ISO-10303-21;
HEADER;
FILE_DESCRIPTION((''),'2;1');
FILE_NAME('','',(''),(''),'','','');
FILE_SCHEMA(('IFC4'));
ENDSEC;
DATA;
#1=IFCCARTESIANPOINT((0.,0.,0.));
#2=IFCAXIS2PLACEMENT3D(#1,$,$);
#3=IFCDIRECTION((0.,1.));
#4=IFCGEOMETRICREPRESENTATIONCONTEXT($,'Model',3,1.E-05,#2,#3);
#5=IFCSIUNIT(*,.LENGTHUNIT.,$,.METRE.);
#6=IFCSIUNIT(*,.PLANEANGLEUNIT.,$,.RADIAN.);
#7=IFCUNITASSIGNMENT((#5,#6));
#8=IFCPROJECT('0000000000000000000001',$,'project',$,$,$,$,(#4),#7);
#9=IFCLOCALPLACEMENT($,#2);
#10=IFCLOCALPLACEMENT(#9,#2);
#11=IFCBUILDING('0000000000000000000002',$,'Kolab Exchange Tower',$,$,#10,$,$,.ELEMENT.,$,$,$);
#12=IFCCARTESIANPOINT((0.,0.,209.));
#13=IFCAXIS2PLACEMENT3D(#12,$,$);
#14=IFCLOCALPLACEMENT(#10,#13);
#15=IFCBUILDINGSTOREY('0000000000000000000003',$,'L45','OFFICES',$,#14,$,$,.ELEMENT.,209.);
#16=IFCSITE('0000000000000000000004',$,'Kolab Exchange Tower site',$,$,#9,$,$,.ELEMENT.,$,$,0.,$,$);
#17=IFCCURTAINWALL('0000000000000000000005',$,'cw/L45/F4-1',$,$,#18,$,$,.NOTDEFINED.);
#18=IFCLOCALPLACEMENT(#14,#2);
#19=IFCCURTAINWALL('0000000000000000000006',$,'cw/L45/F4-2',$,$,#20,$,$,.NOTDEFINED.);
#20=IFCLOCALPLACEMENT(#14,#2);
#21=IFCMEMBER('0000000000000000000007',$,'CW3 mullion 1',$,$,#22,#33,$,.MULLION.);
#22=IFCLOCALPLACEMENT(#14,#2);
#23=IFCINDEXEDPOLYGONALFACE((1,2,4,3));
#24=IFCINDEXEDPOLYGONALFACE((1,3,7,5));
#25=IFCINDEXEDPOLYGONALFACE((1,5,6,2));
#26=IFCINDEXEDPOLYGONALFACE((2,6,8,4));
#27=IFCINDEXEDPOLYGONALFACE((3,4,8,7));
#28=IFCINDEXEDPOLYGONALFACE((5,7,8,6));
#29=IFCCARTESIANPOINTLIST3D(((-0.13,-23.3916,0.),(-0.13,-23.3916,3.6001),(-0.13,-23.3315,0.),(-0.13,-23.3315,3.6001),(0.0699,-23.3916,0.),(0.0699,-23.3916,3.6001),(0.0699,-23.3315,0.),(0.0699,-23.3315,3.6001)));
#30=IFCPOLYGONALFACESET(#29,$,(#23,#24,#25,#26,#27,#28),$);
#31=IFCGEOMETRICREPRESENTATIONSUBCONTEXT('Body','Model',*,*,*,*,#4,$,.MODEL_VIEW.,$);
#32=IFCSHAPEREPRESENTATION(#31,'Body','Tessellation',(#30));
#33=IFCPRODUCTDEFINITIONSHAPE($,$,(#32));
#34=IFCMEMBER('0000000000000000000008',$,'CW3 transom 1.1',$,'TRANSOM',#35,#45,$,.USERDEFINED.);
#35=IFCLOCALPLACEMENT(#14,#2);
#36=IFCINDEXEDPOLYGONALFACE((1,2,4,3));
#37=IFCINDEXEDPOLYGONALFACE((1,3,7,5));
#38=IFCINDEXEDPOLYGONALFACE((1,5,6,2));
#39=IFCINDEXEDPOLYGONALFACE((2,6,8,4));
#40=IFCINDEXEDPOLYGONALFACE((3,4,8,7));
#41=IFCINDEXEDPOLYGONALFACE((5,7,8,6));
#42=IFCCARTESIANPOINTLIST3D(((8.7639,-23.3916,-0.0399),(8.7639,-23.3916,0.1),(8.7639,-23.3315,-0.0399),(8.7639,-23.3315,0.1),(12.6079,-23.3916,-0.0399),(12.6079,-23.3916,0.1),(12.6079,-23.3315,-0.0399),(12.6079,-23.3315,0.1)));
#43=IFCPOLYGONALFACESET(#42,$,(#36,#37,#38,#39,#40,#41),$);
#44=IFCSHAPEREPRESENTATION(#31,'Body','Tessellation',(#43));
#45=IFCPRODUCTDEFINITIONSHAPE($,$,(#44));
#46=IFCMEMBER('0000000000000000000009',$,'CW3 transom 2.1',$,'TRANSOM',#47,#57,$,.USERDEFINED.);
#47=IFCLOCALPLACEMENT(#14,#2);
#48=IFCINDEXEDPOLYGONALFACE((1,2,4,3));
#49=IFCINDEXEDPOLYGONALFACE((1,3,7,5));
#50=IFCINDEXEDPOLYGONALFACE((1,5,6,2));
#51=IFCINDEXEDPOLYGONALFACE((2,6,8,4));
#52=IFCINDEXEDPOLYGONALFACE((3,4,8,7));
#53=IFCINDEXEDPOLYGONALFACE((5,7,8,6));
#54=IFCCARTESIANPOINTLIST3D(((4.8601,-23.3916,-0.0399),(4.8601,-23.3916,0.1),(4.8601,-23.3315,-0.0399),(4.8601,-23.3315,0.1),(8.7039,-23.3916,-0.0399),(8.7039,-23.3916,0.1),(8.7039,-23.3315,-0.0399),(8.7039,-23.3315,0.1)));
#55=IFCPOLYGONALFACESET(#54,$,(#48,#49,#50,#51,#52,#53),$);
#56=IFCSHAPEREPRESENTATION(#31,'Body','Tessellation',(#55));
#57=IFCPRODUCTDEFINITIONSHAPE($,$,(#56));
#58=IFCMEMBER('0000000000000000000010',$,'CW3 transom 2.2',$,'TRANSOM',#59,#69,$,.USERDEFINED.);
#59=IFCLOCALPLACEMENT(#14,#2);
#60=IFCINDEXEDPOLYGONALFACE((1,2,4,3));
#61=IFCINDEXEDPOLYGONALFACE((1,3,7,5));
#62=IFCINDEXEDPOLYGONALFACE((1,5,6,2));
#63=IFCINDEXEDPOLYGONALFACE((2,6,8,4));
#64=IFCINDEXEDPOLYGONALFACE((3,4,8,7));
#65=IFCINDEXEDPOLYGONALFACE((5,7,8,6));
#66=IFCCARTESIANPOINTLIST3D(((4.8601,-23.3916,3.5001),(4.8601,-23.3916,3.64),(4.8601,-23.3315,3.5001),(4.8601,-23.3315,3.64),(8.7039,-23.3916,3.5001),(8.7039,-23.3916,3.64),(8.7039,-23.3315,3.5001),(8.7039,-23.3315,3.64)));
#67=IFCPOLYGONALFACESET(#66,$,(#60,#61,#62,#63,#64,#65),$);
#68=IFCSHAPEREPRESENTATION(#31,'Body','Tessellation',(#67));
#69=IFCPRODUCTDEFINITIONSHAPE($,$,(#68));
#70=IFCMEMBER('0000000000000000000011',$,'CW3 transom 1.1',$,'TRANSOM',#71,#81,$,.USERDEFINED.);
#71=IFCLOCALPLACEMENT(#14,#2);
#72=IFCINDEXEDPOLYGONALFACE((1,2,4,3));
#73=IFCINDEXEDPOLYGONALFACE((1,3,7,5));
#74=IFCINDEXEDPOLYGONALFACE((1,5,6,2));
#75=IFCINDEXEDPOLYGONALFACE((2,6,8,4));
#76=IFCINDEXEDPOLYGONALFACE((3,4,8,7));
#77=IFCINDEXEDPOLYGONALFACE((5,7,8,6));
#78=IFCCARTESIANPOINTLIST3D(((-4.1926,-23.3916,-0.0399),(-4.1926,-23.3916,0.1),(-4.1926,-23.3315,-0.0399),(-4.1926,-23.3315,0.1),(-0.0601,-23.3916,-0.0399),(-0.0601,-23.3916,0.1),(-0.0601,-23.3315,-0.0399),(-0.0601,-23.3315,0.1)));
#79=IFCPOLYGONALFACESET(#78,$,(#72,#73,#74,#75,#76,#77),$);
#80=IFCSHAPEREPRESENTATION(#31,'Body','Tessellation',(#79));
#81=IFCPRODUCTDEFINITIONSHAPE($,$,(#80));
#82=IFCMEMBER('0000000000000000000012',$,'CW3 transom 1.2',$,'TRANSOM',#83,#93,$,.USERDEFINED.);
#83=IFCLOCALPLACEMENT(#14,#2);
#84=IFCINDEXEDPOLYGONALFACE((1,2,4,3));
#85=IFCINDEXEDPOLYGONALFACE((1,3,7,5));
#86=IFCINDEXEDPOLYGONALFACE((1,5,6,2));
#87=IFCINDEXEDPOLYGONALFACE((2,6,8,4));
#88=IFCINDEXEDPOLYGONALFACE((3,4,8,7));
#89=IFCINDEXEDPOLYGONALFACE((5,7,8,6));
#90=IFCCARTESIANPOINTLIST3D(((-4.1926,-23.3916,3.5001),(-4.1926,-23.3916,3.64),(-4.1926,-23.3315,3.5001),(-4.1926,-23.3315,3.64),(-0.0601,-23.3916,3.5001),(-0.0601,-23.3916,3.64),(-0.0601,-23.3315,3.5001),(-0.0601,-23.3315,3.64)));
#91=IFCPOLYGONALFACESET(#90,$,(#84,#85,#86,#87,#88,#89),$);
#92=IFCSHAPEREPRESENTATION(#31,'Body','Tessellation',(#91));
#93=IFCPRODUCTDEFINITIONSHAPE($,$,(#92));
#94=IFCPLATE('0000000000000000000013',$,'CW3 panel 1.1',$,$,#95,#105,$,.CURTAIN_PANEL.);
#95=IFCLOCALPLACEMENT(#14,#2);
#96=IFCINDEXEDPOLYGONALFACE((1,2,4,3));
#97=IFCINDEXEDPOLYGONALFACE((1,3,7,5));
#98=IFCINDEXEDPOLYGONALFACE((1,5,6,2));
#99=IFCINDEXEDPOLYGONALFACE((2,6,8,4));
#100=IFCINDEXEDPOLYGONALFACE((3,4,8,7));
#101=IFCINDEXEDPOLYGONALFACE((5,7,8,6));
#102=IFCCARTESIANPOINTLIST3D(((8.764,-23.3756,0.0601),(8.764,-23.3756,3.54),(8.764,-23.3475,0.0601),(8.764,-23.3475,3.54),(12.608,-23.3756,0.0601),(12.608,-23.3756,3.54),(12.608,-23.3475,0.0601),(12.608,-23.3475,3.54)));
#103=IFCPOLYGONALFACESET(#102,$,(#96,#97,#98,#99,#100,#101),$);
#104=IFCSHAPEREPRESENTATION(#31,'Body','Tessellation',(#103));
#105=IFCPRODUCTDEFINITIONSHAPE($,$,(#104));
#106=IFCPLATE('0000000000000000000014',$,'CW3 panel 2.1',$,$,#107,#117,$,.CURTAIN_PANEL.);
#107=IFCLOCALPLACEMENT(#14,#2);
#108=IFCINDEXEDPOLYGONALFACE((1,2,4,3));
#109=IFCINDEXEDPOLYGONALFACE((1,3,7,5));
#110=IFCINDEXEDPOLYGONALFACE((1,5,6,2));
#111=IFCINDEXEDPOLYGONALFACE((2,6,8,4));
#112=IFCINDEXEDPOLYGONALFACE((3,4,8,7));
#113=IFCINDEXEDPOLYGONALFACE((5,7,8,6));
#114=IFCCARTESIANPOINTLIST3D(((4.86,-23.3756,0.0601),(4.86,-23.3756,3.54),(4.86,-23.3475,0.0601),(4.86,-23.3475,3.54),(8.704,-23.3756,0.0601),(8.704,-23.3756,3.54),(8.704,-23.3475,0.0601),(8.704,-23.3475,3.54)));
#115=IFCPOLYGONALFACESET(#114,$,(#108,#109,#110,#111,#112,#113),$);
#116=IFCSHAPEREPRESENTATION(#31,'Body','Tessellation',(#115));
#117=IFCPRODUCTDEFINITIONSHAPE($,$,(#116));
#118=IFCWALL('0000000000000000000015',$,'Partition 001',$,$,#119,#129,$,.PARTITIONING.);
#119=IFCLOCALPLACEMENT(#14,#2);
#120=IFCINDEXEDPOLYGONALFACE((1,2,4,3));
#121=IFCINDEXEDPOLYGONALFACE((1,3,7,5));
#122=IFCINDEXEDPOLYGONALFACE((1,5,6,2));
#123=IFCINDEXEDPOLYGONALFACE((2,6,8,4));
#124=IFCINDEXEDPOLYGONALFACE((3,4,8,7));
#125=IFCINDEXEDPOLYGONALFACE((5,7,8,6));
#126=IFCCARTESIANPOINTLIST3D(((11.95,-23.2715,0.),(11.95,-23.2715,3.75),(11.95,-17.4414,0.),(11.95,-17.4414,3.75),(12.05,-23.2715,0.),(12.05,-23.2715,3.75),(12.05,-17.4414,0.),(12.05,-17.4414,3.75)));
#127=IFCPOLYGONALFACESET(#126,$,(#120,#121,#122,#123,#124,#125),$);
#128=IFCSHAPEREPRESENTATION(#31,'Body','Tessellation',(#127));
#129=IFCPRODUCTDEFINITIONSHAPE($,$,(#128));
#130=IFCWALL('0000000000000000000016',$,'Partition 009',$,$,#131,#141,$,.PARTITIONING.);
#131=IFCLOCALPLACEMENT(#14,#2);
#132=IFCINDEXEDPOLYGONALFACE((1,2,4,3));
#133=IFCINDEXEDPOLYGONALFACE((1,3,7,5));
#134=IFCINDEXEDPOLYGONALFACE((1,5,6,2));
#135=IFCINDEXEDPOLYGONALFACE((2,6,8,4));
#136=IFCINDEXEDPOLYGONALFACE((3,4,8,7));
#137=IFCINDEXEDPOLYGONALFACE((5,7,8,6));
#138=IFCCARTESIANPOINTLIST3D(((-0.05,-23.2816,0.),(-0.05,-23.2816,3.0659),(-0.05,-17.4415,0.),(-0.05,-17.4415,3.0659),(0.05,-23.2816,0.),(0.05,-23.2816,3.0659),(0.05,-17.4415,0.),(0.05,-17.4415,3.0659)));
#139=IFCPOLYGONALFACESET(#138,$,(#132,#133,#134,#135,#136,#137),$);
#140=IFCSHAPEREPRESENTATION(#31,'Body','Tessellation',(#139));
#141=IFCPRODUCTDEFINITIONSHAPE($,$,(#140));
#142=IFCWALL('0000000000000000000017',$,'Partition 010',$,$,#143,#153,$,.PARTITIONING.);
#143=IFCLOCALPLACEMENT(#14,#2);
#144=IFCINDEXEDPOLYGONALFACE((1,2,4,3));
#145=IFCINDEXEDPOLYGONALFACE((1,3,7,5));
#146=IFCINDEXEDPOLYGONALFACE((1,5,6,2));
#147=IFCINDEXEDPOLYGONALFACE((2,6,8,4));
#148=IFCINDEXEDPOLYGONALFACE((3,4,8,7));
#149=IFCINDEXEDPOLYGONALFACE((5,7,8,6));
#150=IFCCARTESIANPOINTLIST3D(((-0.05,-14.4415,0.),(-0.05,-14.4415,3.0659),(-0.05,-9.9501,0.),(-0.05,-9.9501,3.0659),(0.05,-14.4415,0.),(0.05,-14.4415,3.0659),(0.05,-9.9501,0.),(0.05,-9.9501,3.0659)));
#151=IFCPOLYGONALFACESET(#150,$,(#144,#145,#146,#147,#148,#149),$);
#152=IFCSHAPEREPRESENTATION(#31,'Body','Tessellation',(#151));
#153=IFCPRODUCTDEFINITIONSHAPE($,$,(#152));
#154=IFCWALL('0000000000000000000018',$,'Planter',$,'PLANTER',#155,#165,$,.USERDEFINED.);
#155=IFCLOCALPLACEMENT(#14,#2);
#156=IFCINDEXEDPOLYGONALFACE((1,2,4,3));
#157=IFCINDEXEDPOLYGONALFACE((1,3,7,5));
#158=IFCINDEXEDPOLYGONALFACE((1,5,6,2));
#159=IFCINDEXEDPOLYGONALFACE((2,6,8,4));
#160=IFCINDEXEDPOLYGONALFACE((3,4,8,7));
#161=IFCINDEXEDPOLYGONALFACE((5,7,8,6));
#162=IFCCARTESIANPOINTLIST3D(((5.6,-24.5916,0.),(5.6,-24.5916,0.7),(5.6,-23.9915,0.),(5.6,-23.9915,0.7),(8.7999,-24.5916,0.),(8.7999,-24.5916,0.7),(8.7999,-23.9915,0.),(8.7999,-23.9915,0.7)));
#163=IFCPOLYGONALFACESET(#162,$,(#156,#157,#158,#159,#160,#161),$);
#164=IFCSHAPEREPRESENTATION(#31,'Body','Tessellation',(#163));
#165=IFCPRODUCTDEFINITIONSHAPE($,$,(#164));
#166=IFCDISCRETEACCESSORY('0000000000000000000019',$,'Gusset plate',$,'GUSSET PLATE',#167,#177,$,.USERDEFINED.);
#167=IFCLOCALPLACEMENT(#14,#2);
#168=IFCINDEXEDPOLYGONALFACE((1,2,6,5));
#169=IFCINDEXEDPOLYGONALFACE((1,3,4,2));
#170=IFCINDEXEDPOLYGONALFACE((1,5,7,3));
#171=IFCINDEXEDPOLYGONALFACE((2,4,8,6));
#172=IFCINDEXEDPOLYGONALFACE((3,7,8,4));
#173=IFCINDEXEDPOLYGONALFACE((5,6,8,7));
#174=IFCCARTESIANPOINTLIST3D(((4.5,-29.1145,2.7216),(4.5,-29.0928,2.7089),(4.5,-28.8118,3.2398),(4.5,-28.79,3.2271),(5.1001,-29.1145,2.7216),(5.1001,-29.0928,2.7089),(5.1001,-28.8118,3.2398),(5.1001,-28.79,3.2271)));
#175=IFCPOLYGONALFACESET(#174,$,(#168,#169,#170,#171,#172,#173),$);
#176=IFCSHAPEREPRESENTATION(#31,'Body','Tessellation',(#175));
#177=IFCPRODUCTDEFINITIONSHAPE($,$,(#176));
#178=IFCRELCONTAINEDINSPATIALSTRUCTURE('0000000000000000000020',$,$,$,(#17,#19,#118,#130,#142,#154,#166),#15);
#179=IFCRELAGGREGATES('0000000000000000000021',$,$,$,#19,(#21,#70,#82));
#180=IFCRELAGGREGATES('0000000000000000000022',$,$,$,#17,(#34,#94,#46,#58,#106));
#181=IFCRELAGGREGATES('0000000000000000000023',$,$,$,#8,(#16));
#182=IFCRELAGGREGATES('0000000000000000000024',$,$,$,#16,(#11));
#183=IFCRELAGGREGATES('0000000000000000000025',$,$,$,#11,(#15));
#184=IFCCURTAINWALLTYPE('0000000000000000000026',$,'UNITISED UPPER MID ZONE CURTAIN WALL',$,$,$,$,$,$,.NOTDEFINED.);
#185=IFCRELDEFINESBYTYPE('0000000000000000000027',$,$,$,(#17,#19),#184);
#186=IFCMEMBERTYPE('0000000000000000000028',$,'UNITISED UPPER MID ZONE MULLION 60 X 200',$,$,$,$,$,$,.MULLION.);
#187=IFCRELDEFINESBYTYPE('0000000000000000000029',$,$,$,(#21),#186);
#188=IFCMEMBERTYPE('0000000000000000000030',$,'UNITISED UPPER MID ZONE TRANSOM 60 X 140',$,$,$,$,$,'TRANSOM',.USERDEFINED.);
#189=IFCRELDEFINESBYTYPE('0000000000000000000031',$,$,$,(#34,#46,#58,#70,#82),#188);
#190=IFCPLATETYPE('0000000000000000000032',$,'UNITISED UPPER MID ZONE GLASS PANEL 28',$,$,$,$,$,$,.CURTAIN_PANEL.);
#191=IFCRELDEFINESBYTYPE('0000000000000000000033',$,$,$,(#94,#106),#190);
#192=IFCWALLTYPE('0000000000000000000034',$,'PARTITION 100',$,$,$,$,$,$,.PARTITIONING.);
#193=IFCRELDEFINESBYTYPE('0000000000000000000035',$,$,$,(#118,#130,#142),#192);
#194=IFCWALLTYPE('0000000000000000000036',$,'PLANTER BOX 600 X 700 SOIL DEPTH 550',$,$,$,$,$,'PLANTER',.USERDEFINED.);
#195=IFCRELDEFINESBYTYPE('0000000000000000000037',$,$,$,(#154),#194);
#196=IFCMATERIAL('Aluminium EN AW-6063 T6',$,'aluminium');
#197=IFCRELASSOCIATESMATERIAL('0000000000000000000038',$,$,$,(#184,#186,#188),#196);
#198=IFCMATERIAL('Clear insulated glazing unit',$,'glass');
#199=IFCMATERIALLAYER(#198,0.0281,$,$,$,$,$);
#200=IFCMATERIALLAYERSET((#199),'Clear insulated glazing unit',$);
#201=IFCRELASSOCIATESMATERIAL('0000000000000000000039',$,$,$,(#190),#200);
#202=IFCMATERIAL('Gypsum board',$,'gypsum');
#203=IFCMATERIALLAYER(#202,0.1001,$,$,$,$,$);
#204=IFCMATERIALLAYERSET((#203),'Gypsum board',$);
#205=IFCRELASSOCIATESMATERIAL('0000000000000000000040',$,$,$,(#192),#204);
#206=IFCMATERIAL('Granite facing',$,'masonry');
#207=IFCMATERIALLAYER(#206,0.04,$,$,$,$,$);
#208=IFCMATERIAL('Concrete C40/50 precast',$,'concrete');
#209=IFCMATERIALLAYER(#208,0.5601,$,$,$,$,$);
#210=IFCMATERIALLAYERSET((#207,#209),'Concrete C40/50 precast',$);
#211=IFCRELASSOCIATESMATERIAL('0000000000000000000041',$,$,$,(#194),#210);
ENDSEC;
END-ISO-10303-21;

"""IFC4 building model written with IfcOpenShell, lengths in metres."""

from ifc_helpers import new_model, si_unit, direction, frame, frame_2d, origin, origin_2d, place, context, subcontext, project, spatial, rectangle, extrude, material, layer, layer_set, material_profile, profile_set, type_object, element, aggregate, save


model = new_model("IFC4")

# Units and contexts
model_context = context("Model", 3, precision=1e-05, world=origin(), true_north=direction((0.0, 1.0)))
body_context = subcontext(model_context, "Body", "Model", "MODEL_VIEW")
ifc_project = project(units=[si_unit("LENGTHUNIT", "METRE"), si_unit("PLANEANGLEUNIT", "RADIAN")], contexts=[model_context])

# Site, building, storey
site_placement = place(None, origin())
site = spatial("IfcSite", under=ifc_project, at=site_placement, Name="Kolab Exchange Tower site", CompositionType="ELEMENT", RefElevation=0.0)
building_placement = place(site_placement, origin())
building = spatial("IfcBuilding", under=site, at=building_placement, Name="Kolab Exchange Tower", CompositionType="ELEMENT")
storey_placement = place(building_placement, frame((0.0, 0.0, 209.0)))
storey = spatial("IfcBuildingStorey", under=building, at=storey_placement, Name="L45", Description="OFFICES", CompositionType="ELEMENT", Elevation=209.0)

# Curtain wall
ifc_material_1 = material(Name="Aluminium EN AW-6063 T6", Category="aluminium")
curtain_wall_type = type_object("IfcCurtainWallType", Name="UNITISED UPPER MID ZONE CURTAIN WALL", PredefinedType="NOTDEFINED", material=ifc_material_1)
curtain_wall_1_placement = place(storey_placement, origin())
curtain_wall_1 = element("IfcCurtainWall", 1, at=curtain_wall_1_placement, inside=storey, type_object=curtain_wall_type, Name="cw/L45/F4-1", PredefinedType="NOTDEFINED")
ifc_material_profile_1 = material_profile(ifc_material_1, rectangle(XDim=0.0601, YDim=0.2, at=origin_2d()), Name="RECT 60X200")
ifc_profile_set_1 = profile_set([ifc_material_profile_1], Name="Aluminium EN AW-6063 T6")
member_type_1 = type_object("IfcMemberType", Name="UNITISED UPPER MID ZONE MULLION 60 X 200", PredefinedType="MULLION", material=ifc_profile_set_1)

# Curtain wall, member
curtain_wall_2_placement = place(storey_placement, origin())
curtain_wall_2 = element("IfcCurtainWall", 2, at=curtain_wall_2_placement, inside=storey, type_object=curtain_wall_type, Name="cw/L45/F4-2", PredefinedType="NOTDEFINED")
member_1_placement = place(storey_placement, frame((-0.03, -23.3616, 0.0), z_axis=(0.0, 0.0, 1.0), x_axis=(0.0, -1.0, 0.0)))
member_1 = element("IfcMember", 3, at=member_1_placement, type_object=member_type_1, Name="CW3 mullion 1", PredefinedType="MULLION", context=body_context, shape_type="SweptSolid", body=[
    extrude(rectangle(XDim=0.0601, YDim=0.2, at=origin_2d()), origin(), (0.0, 0.0, 1.0), 3.6001),
])

# Members
ifc_material_profile_2 = material_profile(ifc_material_1, rectangle(XDim=0.0601, YDim=0.1399, at=origin_2d()), Name="RECT 60X140")
ifc_profile_set_2 = profile_set([ifc_material_profile_2], Name="Aluminium EN AW-6063 T6")
member_type_2 = type_object("IfcMemberType", Name="UNITISED UPPER MID ZONE TRANSOM 60 X 140", ElementType="TRANSOM", PredefinedType="USERDEFINED", material=ifc_profile_set_2)
member_2_placement = place(storey_placement, frame((12.6079, -23.3616, 0.03), z_axis=(-1.0, 0.0, 0.0), x_axis=(0.0, -1.0, 0.0)))
member_2 = element("IfcMember", 4, at=member_2_placement, type_object=member_type_2, Name="CW3 transom 1.1", ObjectType="TRANSOM", PredefinedType="USERDEFINED", context=body_context, shape_type="SweptSolid", body=[
    extrude(rectangle(XDim=0.0601, YDim=0.1399, at=origin_2d()), origin(), (0.0, 0.0, 1.0), 3.844),
])
member_3_placement = place(storey_placement, frame((8.7039, -23.3616, 0.03), z_axis=(-1.0, 0.0, 0.0), x_axis=(0.0, -1.0, 0.0)))
member_3 = element("IfcMember", 5, at=member_3_placement, type_object=member_type_2, Name="CW3 transom 2.1", ObjectType="TRANSOM", PredefinedType="USERDEFINED", context=body_context, shape_type="SweptSolid", body=[
    extrude(rectangle(XDim=0.0601, YDim=0.1399, at=origin_2d()), origin(), (0.0, 0.0, 1.0), 3.8438),
])
member_4_placement = place(storey_placement, frame((8.7039, -23.3616, 3.5701), z_axis=(-1.0, 0.0, 0.0), x_axis=(0.0, -1.0, 0.0)))
member_4 = element("IfcMember", 6, at=member_4_placement, type_object=member_type_2, Name="CW3 transom 2.2", ObjectType="TRANSOM", PredefinedType="USERDEFINED", context=body_context, shape_type="SweptSolid", body=[
    extrude(rectangle(XDim=0.0601, YDim=0.1399, at=origin_2d()), origin(), (0.0, 0.0, 1.0), 3.8438),
])
member_5_placement = place(storey_placement, frame((-0.0601, -23.3616, 0.03), z_axis=(-1.0, 0.0, 0.0), x_axis=(0.0, -1.0, 0.0)))
member_5 = element("IfcMember", 7, at=member_5_placement, type_object=member_type_2, Name="CW3 transom 1.1", ObjectType="TRANSOM", PredefinedType="USERDEFINED", context=body_context, shape_type="SweptSolid", body=[
    extrude(rectangle(XDim=0.0601, YDim=0.1399, at=origin_2d()), origin(), (0.0, 0.0, 1.0), 4.1326),
])
member_6_placement = place(storey_placement, frame((-0.0601, -23.3616, 3.5701), z_axis=(-1.0, 0.0, 0.0), x_axis=(0.0, -1.0, 0.0)))
member_6 = element("IfcMember", 8, at=member_6_placement, type_object=member_type_2, Name="CW3 transom 1.2", ObjectType="TRANSOM", PredefinedType="USERDEFINED", context=body_context, shape_type="SweptSolid", body=[
    extrude(rectangle(XDim=0.0601, YDim=0.1399, at=origin_2d()), origin(), (0.0, 0.0, 1.0), 4.1326),
])
aggregate(curtain_wall_2, [member_1, member_5, member_6])

# Plates
ifc_material_2 = material(Name="Clear insulated glazing unit", Category="glass")
ifc_layer_1 = layer(ifc_material_2, 0.0281)
ifc_layer_set_1 = layer_set([ifc_layer_1], Name="Clear insulated glazing unit")
plate_type = type_object("IfcPlateType", Name="UNITISED UPPER MID ZONE GLASS PANEL 28", PredefinedType="CURTAIN_PANEL", material=ifc_layer_set_1)
plate_1_placement = place(storey_placement, frame((10.686, -23.3616, 0.0601), z_axis=(0.0, 0.0, 1.0), x_axis=(-1.0, 0.0, 0.0)))
plate_1 = element("IfcPlate", 9, at=plate_1_placement, type_object=plate_type, Name="CW3 panel 1.1", PredefinedType="CURTAIN_PANEL", context=body_context, shape_type="SweptSolid", body=[
    extrude(rectangle(XDim=3.844, YDim=0.0281, at=origin_2d()), origin(), (0.0, 0.0, 1.0), 3.48),
])
plate_2_placement = place(storey_placement, frame((6.782, -23.3616, 0.0601), z_axis=(0.0, 0.0, 1.0), x_axis=(-1.0, 0.0, 0.0)))
plate_2 = element("IfcPlate", 10, at=plate_2_placement, type_object=plate_type, Name="CW3 panel 2.1", PredefinedType="CURTAIN_PANEL", context=body_context, shape_type="SweptSolid", body=[
    extrude(rectangle(XDim=3.844, YDim=0.0281, at=origin_2d()), origin(), (0.0, 0.0, 1.0), 3.48),
])
aggregate(curtain_wall_1, [member_2, plate_1, member_3, member_4, plate_2])

# Walls
ifc_material_3 = material(Name="Gypsum board", Category="gypsum")
ifc_layer_2 = layer(ifc_material_3, 0.1001)
ifc_layer_set_2 = layer_set([ifc_layer_2], Name="Gypsum board")
wall_type_1 = type_object("IfcWallType", Name="PARTITION 100", PredefinedType="PARTITIONING", material=ifc_layer_set_2)
wall_1_placement = place(storey_placement, frame((12.0, -23.2715, 0.0), z_axis=(0.0, 0.0, 1.0), x_axis=(0.0, 1.0, 0.0)))
element("IfcWall", 11, at=wall_1_placement, inside=storey, type_object=wall_type_1, Name="Partition 001", PredefinedType="PARTITIONING", context=body_context, shape_type="SweptSolid", body=[
    extrude(rectangle(XDim=5.8301, YDim=0.1001, at=frame_2d((2.915, 0.0))), origin(), (0.0, 0.0, 1.0), 3.75),
])
wall_2_placement = place(storey_placement, frame((0.0, -23.2815, 0.0), z_axis=(0.0, 0.0, 1.0), x_axis=(0.0, 1.0, 0.0)))
element("IfcWall", 12, at=wall_2_placement, inside=storey, type_object=wall_type_1, Name="Partition 009", PredefinedType="PARTITIONING", context=body_context, shape_type="SweptSolid", body=[
    extrude(rectangle(XDim=5.8401, YDim=0.1001, at=frame_2d((2.9199, 0.0))), origin(), (0.0, 0.0, 1.0), 3.0659),
])
wall_3_placement = place(storey_placement, frame((0.0, -14.4414, 0.0), z_axis=(0.0, 0.0, 1.0), x_axis=(0.0, 1.0, 0.0)))
element("IfcWall", 13, at=wall_3_placement, inside=storey, type_object=wall_type_1, Name="Partition 010", PredefinedType="PARTITIONING", context=body_context, shape_type="SweptSolid", body=[
    extrude(rectangle(XDim=4.4915, YDim=0.1001, at=frame_2d((2.2456, 0.0))), origin(), (0.0, 0.0, 1.0), 3.0659),
])
ifc_material_4 = material(Name="Granite facing", Category="masonry")
ifc_layer_3 = layer(ifc_material_4, 0.04)
ifc_material_5 = material(Name="Concrete C40/50 precast", Category="concrete")
ifc_layer_4 = layer(ifc_material_5, 0.5601)
ifc_layer_set_3 = layer_set([ifc_layer_3, ifc_layer_4], Name="Concrete C40/50 precast")
wall_type_2 = type_object("IfcWallType", Name="PLANTER BOX 600 X 700 SOIL DEPTH 550", ElementType="PLANTER", PredefinedType="USERDEFINED", material=ifc_layer_set_3)
wall_4_placement = place(storey_placement, frame((8.8, -24.2915, 0.0), z_axis=(0.0, 0.0, 1.0), x_axis=(-1.0, 0.0, 0.0)))
element("IfcWall", 14, at=wall_4_placement, inside=storey, type_object=wall_type_2, Name="Planter", ObjectType="PLANTER", PredefinedType="USERDEFINED", context=body_context, shape_type="SweptSolid", body=[
    extrude(rectangle(XDim=3.2, YDim=0.6001, at=frame_2d((1.6001, 0.0))), origin(), (0.0, 0.0, 1.0), 0.7),
])

# Discrete accessory
discrete_accessory_placement = place(storey_placement, frame((4.8, -28.9414, 2.968), z_axis=(0.0, -0.863427, 0.504474), x_axis=(1.0, 0.0, 0.0)))
element("IfcDiscreteAccessory", 15, at=discrete_accessory_placement, inside=storey, Name="Gusset plate", ObjectType="GUSSET PLATE", PredefinedType="USERDEFINED", context=body_context, shape_type="SweptSolid", body=[
    extrude(rectangle(XDim=0.6001, YDim=0.6001, at=origin_2d()), origin(), (0.0, 0.0, 1.0), 0.0251),
])

save(model, "model.ifc")
